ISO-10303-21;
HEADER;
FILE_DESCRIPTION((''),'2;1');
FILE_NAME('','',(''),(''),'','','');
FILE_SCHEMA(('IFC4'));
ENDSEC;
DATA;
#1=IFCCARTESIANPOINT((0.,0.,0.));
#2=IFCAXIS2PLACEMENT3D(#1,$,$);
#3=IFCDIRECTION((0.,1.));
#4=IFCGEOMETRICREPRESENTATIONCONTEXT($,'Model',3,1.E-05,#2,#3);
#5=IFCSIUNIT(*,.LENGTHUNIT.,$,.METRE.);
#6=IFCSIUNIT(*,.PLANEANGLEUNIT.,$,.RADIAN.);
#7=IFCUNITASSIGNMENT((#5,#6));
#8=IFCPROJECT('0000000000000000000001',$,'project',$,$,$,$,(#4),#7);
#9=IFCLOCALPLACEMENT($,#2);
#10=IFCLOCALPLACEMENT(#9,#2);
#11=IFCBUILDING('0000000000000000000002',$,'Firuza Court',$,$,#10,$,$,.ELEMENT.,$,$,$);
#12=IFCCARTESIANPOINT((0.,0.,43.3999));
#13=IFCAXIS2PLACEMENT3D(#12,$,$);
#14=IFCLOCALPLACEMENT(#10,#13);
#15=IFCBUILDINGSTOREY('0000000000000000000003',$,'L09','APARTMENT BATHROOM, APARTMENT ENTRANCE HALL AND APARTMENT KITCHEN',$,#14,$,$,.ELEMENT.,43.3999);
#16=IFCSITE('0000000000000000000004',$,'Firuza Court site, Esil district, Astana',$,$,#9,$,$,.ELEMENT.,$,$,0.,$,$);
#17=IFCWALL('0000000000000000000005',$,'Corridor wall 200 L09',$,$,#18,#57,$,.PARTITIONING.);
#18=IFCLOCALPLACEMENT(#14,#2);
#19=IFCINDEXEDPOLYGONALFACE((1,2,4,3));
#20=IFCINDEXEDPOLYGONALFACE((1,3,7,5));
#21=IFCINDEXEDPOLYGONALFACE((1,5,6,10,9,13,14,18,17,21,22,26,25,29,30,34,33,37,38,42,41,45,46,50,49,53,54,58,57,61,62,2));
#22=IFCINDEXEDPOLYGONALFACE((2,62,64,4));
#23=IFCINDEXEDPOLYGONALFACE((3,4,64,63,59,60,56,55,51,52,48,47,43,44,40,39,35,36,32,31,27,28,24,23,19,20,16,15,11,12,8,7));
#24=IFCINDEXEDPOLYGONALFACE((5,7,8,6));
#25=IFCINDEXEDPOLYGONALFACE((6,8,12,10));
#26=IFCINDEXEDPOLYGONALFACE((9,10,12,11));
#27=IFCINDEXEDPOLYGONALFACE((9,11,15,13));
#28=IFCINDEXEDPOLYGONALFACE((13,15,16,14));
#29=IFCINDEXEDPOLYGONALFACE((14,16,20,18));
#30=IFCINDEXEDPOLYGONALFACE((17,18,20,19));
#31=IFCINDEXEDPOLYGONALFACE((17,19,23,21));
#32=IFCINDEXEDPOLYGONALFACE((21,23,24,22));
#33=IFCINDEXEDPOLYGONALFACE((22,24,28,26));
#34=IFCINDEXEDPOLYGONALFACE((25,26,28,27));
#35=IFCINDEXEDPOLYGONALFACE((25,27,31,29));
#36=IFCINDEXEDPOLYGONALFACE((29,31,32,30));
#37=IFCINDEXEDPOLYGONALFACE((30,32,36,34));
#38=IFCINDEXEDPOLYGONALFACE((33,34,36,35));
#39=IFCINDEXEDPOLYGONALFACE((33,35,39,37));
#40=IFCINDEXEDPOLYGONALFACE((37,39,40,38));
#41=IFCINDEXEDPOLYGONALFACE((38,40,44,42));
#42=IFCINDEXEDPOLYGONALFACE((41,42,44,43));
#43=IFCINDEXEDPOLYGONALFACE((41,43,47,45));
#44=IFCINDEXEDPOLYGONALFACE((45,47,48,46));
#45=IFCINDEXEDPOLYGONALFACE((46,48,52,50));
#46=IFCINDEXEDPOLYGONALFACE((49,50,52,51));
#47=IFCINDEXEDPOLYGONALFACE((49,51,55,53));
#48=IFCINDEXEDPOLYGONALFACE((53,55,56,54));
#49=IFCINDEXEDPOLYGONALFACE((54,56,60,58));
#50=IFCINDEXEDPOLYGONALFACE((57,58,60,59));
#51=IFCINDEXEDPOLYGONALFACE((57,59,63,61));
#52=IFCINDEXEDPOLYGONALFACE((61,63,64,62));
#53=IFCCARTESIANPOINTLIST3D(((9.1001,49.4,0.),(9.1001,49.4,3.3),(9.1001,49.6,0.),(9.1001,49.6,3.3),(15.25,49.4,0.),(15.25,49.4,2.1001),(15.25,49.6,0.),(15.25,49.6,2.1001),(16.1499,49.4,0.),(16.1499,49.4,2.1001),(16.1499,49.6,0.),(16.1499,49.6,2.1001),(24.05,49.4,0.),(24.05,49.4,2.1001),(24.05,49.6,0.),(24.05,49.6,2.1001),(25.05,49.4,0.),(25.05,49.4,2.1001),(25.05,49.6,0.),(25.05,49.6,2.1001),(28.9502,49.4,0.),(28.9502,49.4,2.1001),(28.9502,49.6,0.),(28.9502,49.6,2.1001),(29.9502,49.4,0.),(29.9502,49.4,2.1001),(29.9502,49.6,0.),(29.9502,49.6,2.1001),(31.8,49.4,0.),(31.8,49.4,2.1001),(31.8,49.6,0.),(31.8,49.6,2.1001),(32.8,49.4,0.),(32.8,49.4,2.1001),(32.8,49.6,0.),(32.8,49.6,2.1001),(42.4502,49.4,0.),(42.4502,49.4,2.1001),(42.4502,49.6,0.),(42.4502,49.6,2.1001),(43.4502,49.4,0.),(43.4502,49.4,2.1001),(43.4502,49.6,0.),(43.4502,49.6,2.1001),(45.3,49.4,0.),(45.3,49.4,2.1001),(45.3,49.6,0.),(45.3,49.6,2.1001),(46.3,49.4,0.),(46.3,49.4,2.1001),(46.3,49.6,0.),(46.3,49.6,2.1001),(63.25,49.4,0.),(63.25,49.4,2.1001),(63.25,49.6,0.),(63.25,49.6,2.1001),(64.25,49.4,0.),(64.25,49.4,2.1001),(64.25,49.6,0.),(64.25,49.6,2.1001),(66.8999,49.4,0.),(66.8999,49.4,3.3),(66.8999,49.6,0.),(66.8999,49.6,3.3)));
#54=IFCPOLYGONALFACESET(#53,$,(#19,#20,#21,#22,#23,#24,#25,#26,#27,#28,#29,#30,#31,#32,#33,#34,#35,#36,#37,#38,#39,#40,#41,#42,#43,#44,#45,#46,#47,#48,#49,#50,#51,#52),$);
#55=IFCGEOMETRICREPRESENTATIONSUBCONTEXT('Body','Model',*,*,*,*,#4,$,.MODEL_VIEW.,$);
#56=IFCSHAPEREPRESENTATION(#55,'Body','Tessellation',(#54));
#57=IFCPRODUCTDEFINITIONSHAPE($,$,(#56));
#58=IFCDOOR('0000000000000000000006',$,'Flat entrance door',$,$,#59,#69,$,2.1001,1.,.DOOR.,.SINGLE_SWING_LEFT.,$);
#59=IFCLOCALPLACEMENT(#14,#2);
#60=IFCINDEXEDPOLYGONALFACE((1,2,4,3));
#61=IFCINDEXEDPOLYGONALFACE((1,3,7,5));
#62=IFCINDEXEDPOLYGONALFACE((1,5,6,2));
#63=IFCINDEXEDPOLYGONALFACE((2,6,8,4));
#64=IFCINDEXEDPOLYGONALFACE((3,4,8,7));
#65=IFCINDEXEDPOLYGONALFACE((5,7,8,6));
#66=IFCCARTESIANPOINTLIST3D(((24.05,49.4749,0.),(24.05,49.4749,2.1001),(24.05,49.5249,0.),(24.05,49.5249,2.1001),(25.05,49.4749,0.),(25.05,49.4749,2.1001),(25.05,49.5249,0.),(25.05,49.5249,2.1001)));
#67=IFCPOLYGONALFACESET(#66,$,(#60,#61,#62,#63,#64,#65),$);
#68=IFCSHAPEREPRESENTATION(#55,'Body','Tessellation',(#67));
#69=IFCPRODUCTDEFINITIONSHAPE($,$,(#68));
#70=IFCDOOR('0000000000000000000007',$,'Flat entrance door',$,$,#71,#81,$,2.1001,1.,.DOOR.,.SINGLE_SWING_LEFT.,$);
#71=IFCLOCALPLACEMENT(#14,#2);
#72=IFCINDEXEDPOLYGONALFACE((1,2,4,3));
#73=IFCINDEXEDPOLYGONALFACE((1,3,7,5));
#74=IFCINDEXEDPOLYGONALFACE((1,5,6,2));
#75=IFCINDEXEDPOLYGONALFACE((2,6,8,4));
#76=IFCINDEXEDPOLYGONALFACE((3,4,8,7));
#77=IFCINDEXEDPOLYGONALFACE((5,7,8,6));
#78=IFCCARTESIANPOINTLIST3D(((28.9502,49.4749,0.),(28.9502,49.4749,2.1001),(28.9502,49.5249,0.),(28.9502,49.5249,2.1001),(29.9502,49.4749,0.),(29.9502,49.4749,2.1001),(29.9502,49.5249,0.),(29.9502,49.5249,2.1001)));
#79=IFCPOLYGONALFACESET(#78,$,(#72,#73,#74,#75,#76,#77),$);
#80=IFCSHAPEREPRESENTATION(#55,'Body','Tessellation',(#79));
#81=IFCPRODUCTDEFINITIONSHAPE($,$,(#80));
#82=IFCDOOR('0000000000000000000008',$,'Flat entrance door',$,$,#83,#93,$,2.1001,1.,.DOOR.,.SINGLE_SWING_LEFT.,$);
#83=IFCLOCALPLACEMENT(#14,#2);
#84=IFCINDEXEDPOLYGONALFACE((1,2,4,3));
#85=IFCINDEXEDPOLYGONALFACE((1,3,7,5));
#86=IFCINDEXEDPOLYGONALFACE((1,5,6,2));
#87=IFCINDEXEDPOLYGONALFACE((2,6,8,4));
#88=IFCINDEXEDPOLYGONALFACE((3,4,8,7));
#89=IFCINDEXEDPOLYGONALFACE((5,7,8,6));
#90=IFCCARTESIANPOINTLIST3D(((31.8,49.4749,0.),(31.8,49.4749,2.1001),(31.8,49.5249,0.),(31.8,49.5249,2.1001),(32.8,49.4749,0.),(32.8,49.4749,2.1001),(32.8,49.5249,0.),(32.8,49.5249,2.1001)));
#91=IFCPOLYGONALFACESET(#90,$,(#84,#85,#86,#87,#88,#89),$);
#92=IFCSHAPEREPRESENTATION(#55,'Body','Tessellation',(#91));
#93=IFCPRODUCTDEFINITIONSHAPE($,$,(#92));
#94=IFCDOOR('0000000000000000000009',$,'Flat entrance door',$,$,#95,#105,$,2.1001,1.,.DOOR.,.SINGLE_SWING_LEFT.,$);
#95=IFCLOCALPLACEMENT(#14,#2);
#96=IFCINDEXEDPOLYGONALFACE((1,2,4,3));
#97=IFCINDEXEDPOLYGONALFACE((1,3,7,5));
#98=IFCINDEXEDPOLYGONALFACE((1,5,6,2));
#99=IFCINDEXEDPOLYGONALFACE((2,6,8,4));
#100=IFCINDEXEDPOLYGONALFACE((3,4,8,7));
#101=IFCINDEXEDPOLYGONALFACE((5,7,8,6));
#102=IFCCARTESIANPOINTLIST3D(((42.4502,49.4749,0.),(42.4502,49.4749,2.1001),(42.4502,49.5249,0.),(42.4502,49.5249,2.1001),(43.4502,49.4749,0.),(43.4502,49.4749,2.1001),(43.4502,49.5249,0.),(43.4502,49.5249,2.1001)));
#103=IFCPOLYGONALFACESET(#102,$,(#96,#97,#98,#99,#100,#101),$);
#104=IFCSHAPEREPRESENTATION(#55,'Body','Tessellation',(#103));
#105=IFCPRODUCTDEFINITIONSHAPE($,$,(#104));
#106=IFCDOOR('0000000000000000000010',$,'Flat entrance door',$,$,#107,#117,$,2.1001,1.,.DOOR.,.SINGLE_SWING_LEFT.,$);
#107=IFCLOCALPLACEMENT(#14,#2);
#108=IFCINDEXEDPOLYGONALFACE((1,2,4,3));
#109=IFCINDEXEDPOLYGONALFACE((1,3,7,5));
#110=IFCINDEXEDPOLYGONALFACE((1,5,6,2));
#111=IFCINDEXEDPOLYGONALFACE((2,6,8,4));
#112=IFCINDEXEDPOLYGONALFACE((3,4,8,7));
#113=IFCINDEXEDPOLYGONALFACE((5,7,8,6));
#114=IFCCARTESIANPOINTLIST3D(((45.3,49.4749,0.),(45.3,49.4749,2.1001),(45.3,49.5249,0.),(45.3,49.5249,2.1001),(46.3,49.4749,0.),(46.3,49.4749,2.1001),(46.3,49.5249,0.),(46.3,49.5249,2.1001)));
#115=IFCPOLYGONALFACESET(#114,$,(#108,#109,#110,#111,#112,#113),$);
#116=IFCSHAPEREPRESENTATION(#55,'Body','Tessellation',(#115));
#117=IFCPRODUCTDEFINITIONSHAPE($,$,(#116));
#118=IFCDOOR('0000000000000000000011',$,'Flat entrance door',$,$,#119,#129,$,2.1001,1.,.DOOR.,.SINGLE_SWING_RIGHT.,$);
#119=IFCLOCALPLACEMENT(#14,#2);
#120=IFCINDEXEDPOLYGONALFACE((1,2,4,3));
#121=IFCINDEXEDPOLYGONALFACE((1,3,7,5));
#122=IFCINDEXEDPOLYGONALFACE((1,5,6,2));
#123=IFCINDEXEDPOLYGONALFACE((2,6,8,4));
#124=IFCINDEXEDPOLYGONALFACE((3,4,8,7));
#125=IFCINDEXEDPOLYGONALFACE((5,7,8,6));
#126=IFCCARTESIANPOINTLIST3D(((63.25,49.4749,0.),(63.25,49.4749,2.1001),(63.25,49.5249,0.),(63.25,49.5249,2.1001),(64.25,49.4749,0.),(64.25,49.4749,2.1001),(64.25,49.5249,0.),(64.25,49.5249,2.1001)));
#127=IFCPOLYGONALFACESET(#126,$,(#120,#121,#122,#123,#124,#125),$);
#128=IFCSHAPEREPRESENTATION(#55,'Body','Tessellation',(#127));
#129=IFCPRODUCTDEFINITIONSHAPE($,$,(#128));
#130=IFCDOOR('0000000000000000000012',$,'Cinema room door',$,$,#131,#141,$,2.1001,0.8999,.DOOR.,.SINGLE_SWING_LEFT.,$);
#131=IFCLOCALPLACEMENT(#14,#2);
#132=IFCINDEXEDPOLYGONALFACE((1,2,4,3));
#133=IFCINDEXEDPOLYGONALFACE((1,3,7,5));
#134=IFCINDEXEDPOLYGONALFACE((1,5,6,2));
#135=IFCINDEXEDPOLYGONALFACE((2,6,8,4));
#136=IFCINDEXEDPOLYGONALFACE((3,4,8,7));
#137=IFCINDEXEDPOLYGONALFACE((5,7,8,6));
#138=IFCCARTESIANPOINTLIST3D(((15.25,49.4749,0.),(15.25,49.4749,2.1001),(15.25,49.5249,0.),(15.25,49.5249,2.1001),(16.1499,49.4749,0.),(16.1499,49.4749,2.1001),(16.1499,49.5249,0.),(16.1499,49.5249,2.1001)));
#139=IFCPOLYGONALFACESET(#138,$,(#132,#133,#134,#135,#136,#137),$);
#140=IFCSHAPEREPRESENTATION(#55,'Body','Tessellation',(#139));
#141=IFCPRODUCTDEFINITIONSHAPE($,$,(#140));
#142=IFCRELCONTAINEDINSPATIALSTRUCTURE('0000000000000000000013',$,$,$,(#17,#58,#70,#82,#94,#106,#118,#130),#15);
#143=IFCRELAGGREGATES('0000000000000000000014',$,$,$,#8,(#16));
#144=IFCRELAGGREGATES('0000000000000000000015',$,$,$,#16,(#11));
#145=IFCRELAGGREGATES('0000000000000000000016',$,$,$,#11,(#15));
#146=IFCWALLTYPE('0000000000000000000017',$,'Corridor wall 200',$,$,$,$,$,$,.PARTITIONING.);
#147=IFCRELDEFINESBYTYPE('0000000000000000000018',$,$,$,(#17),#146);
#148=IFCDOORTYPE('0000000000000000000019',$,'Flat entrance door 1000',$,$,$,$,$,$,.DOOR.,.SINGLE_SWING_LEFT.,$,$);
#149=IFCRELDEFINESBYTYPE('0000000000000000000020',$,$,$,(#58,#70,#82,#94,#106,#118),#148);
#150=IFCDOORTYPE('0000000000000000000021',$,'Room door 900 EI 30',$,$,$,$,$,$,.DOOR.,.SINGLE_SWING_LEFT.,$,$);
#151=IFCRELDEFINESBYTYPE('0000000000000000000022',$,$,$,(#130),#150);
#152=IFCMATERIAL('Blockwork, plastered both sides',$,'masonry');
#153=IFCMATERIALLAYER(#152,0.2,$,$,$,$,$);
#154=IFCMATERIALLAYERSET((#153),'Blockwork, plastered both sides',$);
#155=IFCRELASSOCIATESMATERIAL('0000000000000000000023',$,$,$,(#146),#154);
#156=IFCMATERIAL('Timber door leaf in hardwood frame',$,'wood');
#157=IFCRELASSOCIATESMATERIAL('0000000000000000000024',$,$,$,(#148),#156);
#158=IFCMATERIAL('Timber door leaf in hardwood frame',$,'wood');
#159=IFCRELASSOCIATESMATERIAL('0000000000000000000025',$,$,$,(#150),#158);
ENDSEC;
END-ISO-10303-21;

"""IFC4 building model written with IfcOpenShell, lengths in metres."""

from ifc_helpers import new_model, si_unit, direction, frame, frame_2d, origin, place, context, subcontext, project, spatial, rectangle, extrude, material, layer, layer_set, type_object, element, fill, save


model = new_model("IFC4")

# Units and contexts
model_context = context("Model", 3, precision=1e-05, world=origin(), true_north=direction((0.0, 1.0)))
body_context = subcontext(model_context, "Body", "Model", "MODEL_VIEW")
ifc_project = project(units=[si_unit("LENGTHUNIT", "METRE"), si_unit("PLANEANGLEUNIT", "RADIAN")], contexts=[model_context])

# Site, building, storey
site_placement = place(None, origin())
site = spatial("IfcSite", under=ifc_project, at=site_placement, Name="Firuza Court site, Esil district, Astana", CompositionType="ELEMENT", RefElevation=0.0)
building_placement = place(site_placement, origin())
building = spatial("IfcBuilding", under=site, at=building_placement, Name="Firuza Court", CompositionType="ELEMENT")
storey_placement = place(building_placement, frame((0.0, 0.0, 43.3999)))
storey = spatial("IfcBuildingStorey", under=building, at=storey_placement, Name="L09", Description="APARTMENT BATHROOM, APARTMENT ENTRANCE HALL AND APARTMENT KITCHEN", CompositionType="ELEMENT", Elevation=43.3999)

# Wall, openings, doors
ifc_material_1 = material(Name="Blockwork, plastered both sides", Category="masonry")
ifc_layer_1 = layer(ifc_material_1, 0.2)
ifc_layer_set_1 = layer_set([ifc_layer_1], Name="Blockwork, plastered both sides")
wall_type_1 = type_object("IfcWallType", Name="Corridor wall 200", PredefinedType="PARTITIONING", material=ifc_layer_set_1)
wall_1_placement = place(storey_placement, frame((9.1001, 49.5, 0.0), z_axis=(0.0, 0.0, 1.0), x_axis=(1.0, 0.0, 0.0)))
wall_1 = element("IfcWall", 1, at=wall_1_placement, inside=storey, type_object=wall_type_1, Name="Corridor wall 200 L09", PredefinedType="PARTITIONING", context=body_context, shape_type="SweptSolid", body=[
    extrude(rectangle(XDim=57.7998, YDim=0.2, at=frame_2d((28.8999, 0.0))), origin(), (0.0, 0.0, 1.0), 3.3),
])
opening_1_placement = place(wall_1_placement, frame((14.95, 0.0, 0.0)))
opening_1 = element("IfcOpeningElement", 2, at=opening_1_placement, cuts=wall_1, PredefinedType="OPENING", context=body_context, shape_type="SweptSolid", body=[
    extrude(rectangle(XDim=1.0, YDim=2.1001, at=frame_2d((0.5, 1.05))), frame((0.0, 0.1118, 0.0), z_axis=(0.0, -1.0, 0.0), x_axis=(1.0, 0.0, 0.0)), (0.0, 0.0, 1.0), 0.2239),
])
opening_2_placement = place(wall_1_placement, frame((19.8501, 0.0, 0.0)))
opening_2 = element("IfcOpeningElement", 3, at=opening_2_placement, cuts=wall_1, PredefinedType="OPENING", context=body_context, shape_type="SweptSolid", body=[
    extrude(rectangle(XDim=1.0, YDim=2.1001, at=frame_2d((0.5, 1.05))), frame((0.0, 0.1118, 0.0), z_axis=(0.0, -1.0, 0.0), x_axis=(1.0, 0.0, 0.0)), (0.0, 0.0, 1.0), 0.2239),
])
opening_3_placement = place(wall_1_placement, frame((22.7, 0.0, 0.0)))
opening_3 = element("IfcOpeningElement", 4, at=opening_3_placement, cuts=wall_1, PredefinedType="OPENING", context=body_context, shape_type="SweptSolid", body=[
    extrude(rectangle(XDim=1.0, YDim=2.1001, at=frame_2d((0.5, 1.05))), frame((0.0, 0.1118, 0.0), z_axis=(0.0, -1.0, 0.0), x_axis=(1.0, 0.0, 0.0)), (0.0, 0.0, 1.0), 0.2239),
])
opening_4_placement = place(wall_1_placement, frame((33.3501, 0.0, 0.0)))
opening_4 = element("IfcOpeningElement", 5, at=opening_4_placement, cuts=wall_1, PredefinedType="OPENING", context=body_context, shape_type="SweptSolid", body=[
    extrude(rectangle(XDim=1.0, YDim=2.1001, at=frame_2d((0.5, 1.05))), frame((0.0, 0.1118, 0.0), z_axis=(0.0, -1.0, 0.0), x_axis=(1.0, 0.0, 0.0)), (0.0, 0.0, 1.0), 0.2239),
])
opening_5_placement = place(wall_1_placement, frame((36.2, 0.0, 0.0)))
opening_5 = element("IfcOpeningElement", 6, at=opening_5_placement, cuts=wall_1, PredefinedType="OPENING", context=body_context, shape_type="SweptSolid", body=[
    extrude(rectangle(XDim=1.0, YDim=2.1001, at=frame_2d((0.5, 1.05))), frame((0.0, 0.1118, 0.0), z_axis=(0.0, -1.0, 0.0), x_axis=(1.0, 0.0, 0.0)), (0.0, 0.0, 1.0), 0.2239),
])
opening_6_placement = place(wall_1_placement, frame((54.1499, 0.0, 0.0)))
opening_6 = element("IfcOpeningElement", 7, at=opening_6_placement, cuts=wall_1, PredefinedType="OPENING", context=body_context, shape_type="SweptSolid", body=[
    extrude(rectangle(XDim=1.0, YDim=2.1001, at=frame_2d((0.5, 1.05))), frame((0.0, 0.1118, 0.0), z_axis=(0.0, -1.0, 0.0), x_axis=(1.0, 0.0, 0.0)), (0.0, 0.0, 1.0), 0.2239),
])
opening_7_placement = place(wall_1_placement, frame((6.1499, 0.0, 0.0)))
opening_7 = element("IfcOpeningElement", 8, at=opening_7_placement, cuts=wall_1, PredefinedType="OPENING", context=body_context, shape_type="SweptSolid", body=[
    extrude(rectangle(XDim=0.8999, YDim=2.1001, at=frame_2d((0.45, 1.05))), frame((0.0, 0.1118, 0.0), z_axis=(0.0, -1.0, 0.0), x_axis=(1.0, 0.0, 0.0)), (0.0, 0.0, 1.0), 0.2239),
])
ifc_material_2 = material(Name="Timber door leaf in hardwood frame", Category="wood")
door_type_1 = type_object("IfcDoorType", Name="Flat entrance door 1000", OperationType="SINGLE_SWING_LEFT", PredefinedType="DOOR", material=ifc_material_2)
door_1_placement = place(opening_1_placement, origin())
door_1 = element("IfcDoor", 9, at=door_1_placement, inside=storey, type_object=door_type_1, Name="Flat entrance door", OperationType="SINGLE_SWING_LEFT", OverallHeight=2.1001, OverallWidth=1.0, PredefinedType="DOOR", context=body_context, shape_type="SweptSolid", body=[
    extrude(rectangle(XDim=1.0, YDim=2.1001, at=frame_2d((0.5, 1.05))), frame((0.0, 0.0249, 0.0), z_axis=(0.0, -1.0, 0.0), x_axis=(1.0, 0.0, 0.0)), (0.0, 0.0, 1.0), 0.05),
])
fill(opening_1, door_1)
door_2_placement = place(opening_2_placement, origin())
door_2 = element("IfcDoor", 10, at=door_2_placement, inside=storey, type_object=door_type_1, Name="Flat entrance door", OperationType="SINGLE_SWING_LEFT", OverallHeight=2.1001, OverallWidth=1.0, PredefinedType="DOOR", context=body_context, shape_type="SweptSolid", body=[
    extrude(rectangle(XDim=1.0, YDim=2.1001, at=frame_2d((0.5, 1.05))), frame((0.0, 0.0249, 0.0), z_axis=(0.0, -1.0, 0.0), x_axis=(1.0, 0.0, 0.0)), (0.0, 0.0, 1.0), 0.05),
])
fill(opening_2, door_2)
door_3_placement = place(opening_3_placement, origin())
door_3 = element("IfcDoor", 11, at=door_3_placement, inside=storey, type_object=door_type_1, Name="Flat entrance door", OperationType="SINGLE_SWING_LEFT", OverallHeight=2.1001, OverallWidth=1.0, PredefinedType="DOOR", context=body_context, shape_type="SweptSolid", body=[
    extrude(rectangle(XDim=1.0, YDim=2.1001, at=frame_2d((0.5, 1.05))), frame((0.0, 0.0249, 0.0), z_axis=(0.0, -1.0, 0.0), x_axis=(1.0, 0.0, 0.0)), (0.0, 0.0, 1.0), 0.05),
])
fill(opening_3, door_3)
door_4_placement = place(opening_4_placement, origin())
door_4 = element("IfcDoor", 12, at=door_4_placement, inside=storey, type_object=door_type_1, Name="Flat entrance door", OperationType="SINGLE_SWING_LEFT", OverallHeight=2.1001, OverallWidth=1.0, PredefinedType="DOOR", context=body_context, shape_type="SweptSolid", body=[
    extrude(rectangle(XDim=1.0, YDim=2.1001, at=frame_2d((0.5, 1.05))), frame((0.0, 0.0249, 0.0), z_axis=(0.0, -1.0, 0.0), x_axis=(1.0, 0.0, 0.0)), (0.0, 0.0, 1.0), 0.05),
])
fill(opening_4, door_4)
door_5_placement = place(opening_5_placement, origin())
door_5 = element("IfcDoor", 13, at=door_5_placement, inside=storey, type_object=door_type_1, Name="Flat entrance door", OperationType="SINGLE_SWING_LEFT", OverallHeight=2.1001, OverallWidth=1.0, PredefinedType="DOOR", context=body_context, shape_type="SweptSolid", body=[
    extrude(rectangle(XDim=1.0, YDim=2.1001, at=frame_2d((0.5, 1.05))), frame((0.0, 0.0249, 0.0), z_axis=(0.0, -1.0, 0.0), x_axis=(1.0, 0.0, 0.0)), (0.0, 0.0, 1.0), 0.05),
])
fill(opening_5, door_5)
door_6_placement = place(opening_6_placement, origin())
door_6 = element("IfcDoor", 14, at=door_6_placement, inside=storey, type_object=door_type_1, Name="Flat entrance door", OperationType="SINGLE_SWING_RIGHT", OverallHeight=2.1001, OverallWidth=1.0, PredefinedType="DOOR", context=body_context, shape_type="SweptSolid", body=[
    extrude(rectangle(XDim=1.0, YDim=2.1001, at=frame_2d((0.5, 1.05))), frame((0.0, 0.0249, 0.0), z_axis=(0.0, -1.0, 0.0), x_axis=(1.0, 0.0, 0.0)), (0.0, 0.0, 1.0), 0.05),
])
fill(opening_6, door_6)
ifc_material_3 = material(Name="Timber door leaf in hardwood frame", Category="wood")
door_type_2 = type_object("IfcDoorType", Name="Room door 900 EI 30", OperationType="SINGLE_SWING_LEFT", PredefinedType="DOOR", material=ifc_material_3)
door_7_placement = place(opening_7_placement, origin())
door_7 = element("IfcDoor", 15, at=door_7_placement, inside=storey, type_object=door_type_2, Name="Cinema room door", OperationType="SINGLE_SWING_LEFT", OverallHeight=2.1001, OverallWidth=0.8999, PredefinedType="DOOR", context=body_context, shape_type="SweptSolid", body=[
    extrude(rectangle(XDim=0.8999, YDim=2.1001, at=frame_2d((0.45, 1.05))), frame((0.0, 0.0249, 0.0), z_axis=(0.0, -1.0, 0.0), x_axis=(1.0, 0.0, 0.0)), (0.0, 0.0, 1.0), 0.05),
])
fill(opening_7, door_7)

save(model, "model.ifc")
